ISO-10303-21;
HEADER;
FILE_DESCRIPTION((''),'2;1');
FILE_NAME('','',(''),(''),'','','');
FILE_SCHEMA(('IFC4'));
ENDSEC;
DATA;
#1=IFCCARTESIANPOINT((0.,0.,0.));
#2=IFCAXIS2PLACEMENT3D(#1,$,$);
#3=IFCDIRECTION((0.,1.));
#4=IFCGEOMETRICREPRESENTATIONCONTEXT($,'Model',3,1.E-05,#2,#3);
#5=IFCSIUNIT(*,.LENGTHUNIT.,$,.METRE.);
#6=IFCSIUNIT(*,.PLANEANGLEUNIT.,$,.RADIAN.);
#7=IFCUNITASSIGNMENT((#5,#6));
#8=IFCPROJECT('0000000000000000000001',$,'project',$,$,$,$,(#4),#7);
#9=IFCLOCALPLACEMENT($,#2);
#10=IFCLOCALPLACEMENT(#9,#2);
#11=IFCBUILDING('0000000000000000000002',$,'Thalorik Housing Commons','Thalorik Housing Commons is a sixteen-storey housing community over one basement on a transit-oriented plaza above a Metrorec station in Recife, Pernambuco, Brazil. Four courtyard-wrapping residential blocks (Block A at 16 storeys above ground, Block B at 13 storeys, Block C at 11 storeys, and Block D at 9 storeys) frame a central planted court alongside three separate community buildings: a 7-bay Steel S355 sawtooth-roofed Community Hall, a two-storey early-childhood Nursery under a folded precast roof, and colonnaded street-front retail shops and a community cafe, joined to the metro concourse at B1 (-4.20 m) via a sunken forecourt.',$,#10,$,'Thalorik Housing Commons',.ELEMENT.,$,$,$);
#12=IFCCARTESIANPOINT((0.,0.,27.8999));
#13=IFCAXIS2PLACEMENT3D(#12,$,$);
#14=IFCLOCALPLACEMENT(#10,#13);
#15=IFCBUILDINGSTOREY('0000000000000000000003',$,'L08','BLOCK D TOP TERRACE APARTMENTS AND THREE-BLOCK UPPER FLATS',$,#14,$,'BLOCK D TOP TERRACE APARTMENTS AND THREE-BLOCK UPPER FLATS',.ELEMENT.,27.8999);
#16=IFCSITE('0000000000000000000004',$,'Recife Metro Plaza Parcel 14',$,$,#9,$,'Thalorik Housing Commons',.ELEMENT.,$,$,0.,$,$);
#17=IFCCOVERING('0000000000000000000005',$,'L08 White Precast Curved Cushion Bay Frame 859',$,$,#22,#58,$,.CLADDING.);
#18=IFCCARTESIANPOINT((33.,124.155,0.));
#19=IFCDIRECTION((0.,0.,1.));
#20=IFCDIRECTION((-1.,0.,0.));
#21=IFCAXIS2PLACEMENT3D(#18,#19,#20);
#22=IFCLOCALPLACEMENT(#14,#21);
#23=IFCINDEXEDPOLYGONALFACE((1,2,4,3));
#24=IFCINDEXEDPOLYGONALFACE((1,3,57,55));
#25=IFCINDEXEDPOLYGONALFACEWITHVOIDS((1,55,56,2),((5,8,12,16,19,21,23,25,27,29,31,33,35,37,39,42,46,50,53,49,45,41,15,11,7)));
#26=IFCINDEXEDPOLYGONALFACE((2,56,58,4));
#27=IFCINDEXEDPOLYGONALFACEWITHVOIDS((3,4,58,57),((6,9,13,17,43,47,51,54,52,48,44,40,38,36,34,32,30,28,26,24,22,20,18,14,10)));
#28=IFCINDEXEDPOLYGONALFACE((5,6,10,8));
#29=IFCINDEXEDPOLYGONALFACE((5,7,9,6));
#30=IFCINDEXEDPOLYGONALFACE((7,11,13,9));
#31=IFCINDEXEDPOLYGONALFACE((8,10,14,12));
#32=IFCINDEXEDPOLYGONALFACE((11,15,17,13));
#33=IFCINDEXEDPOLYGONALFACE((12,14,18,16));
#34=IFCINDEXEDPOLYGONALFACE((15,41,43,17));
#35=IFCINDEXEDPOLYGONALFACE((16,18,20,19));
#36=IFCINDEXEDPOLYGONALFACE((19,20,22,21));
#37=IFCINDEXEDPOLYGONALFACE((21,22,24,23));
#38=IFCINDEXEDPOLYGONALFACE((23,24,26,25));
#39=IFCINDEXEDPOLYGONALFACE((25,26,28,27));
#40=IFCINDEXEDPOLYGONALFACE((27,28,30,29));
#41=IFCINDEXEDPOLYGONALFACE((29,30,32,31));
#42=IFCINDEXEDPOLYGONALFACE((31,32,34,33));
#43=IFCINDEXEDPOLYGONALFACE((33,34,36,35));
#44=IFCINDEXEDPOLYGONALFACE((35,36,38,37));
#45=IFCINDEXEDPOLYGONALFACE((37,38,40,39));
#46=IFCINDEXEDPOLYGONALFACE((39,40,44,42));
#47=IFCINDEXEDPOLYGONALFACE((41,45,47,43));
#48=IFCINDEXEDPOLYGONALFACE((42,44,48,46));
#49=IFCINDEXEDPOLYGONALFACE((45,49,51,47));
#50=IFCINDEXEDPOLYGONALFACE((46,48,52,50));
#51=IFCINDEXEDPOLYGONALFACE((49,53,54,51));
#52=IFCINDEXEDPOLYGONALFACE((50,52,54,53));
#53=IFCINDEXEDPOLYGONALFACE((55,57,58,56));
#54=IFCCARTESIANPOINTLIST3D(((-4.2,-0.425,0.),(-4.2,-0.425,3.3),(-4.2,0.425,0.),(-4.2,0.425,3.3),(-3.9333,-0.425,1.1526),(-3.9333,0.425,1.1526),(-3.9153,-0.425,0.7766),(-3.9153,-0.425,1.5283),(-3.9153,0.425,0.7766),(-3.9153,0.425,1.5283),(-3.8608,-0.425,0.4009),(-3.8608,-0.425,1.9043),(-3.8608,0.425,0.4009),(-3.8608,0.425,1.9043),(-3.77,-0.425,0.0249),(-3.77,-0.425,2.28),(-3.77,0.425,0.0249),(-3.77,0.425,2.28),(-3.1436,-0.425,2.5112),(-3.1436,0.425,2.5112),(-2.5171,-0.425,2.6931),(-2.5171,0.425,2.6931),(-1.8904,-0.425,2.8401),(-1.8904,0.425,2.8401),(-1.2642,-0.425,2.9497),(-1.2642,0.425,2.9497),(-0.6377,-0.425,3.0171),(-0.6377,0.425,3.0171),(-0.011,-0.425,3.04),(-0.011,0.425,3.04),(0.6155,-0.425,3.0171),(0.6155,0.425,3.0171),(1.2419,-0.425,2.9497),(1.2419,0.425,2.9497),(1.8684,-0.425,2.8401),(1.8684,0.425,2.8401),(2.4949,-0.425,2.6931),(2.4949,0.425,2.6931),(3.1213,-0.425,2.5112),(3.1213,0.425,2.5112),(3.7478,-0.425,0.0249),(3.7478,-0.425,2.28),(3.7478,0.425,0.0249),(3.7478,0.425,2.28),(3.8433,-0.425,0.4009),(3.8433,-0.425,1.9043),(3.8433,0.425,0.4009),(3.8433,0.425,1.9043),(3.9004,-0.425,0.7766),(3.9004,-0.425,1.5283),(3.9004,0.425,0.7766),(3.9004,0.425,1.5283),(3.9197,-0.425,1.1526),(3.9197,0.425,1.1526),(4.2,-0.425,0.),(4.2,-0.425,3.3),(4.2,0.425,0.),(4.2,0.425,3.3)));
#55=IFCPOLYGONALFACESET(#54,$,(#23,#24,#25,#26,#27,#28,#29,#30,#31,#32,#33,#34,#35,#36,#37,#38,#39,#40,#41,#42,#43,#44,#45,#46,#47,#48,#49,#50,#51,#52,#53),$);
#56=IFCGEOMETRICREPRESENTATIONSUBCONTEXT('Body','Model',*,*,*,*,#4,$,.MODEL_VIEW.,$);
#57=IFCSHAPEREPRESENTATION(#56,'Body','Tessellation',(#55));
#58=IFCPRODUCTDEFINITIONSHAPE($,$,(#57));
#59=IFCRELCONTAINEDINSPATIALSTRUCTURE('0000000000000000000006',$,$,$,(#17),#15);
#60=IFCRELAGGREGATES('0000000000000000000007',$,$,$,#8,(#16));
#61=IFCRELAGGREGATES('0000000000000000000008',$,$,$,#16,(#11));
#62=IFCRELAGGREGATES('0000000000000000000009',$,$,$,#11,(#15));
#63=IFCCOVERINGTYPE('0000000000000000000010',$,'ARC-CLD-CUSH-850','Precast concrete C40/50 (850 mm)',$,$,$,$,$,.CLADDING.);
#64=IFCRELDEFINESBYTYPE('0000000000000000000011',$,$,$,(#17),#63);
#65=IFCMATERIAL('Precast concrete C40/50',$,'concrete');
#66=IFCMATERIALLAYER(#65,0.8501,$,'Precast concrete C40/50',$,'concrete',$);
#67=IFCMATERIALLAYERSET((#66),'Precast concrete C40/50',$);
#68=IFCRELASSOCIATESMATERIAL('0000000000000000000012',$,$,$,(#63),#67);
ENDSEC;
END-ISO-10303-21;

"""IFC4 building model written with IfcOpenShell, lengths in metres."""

from ifc_helpers import new_model, si_unit, direction, frame, origin, place, context, subcontext, project, spatial, polyline, outline, extrude, material, layer, layer_set, type_object, element, save


model = new_model("IFC4")

# Units and contexts
model_context = context("Model", 3, precision=1e-05, world=origin(), true_north=direction((0.0, 1.0)))
body_context = subcontext(model_context, "Body", "Model", "MODEL_VIEW")
ifc_project = project(units=[si_unit("LENGTHUNIT", "METRE"), si_unit("PLANEANGLEUNIT", "RADIAN")], contexts=[model_context])

# Site, building, storey
site_placement = place(None, origin())
site = spatial("IfcSite", under=ifc_project, at=site_placement, Name="Recife Metro Plaza Parcel 14", LongName="Thalorik Housing Commons", CompositionType="ELEMENT", RefElevation=0.0)
building_placement = place(site_placement, origin())
building = spatial("IfcBuilding", under=site, at=building_placement, Name="Thalorik Housing Commons", Description="Thalorik Housing Commons is a sixteen-storey housing community over one basement on a transit-oriented plaza above a Metrorec station in Recife, Pernambuco, Brazil. Four courtyard-wrapping residential blocks (Block A at 16 storeys above ground, Block B at 13 storeys, Block C at 11 storeys, and Block D at 9 storeys) frame a central planted court alongside three separate community buildings: a 7-bay Steel S355 sawtooth-roofed Community Hall, a two-storey early-childhood Nursery under a folded precast roof, and colonnaded street-front retail shops and a community cafe, joined to the metro concourse at B1 (-4.20 m) via a sunken forecourt.", LongName="Thalorik Housing Commons", CompositionType="ELEMENT")
storey_placement = place(building_placement, frame((0.0, 0.0, 27.8999)))
storey = spatial("IfcBuildingStorey", under=building, at=storey_placement, Name="L08", Description="BLOCK D TOP TERRACE APARTMENTS AND THREE-BLOCK UPPER FLATS", LongName="BLOCK D TOP TERRACE APARTMENTS AND THREE-BLOCK UPPER FLATS", CompositionType="ELEMENT", Elevation=27.8999)

# Shared definitions
ifc_material_1 = material(Name="Precast concrete C40/50", Category="concrete")

# Covering
ifc_layer_1 = layer(ifc_material_1, 0.8501, Name="Precast concrete C40/50", Category="concrete")
ifc_layer_set_1 = layer_set([ifc_layer_1], Name="Precast concrete C40/50")
covering_type_1 = type_object("IfcCoveringType", Name="ARC-CLD-CUSH-850", Description="Precast concrete C40/50 (850 mm)", PredefinedType="CLADDING", material=ifc_layer_set_1)
covering_1_placement = place(storey_placement, frame((33.0, 124.155, 0.0), z_axis=(0.0, 0.0, 1.0), x_axis=(-1.0, 0.0, 0.0)))
element("IfcCovering", 1, at=covering_1_placement, inside=storey, type_object=covering_type_1, Name="L08 White Precast Curved Cushion Bay Frame 859", PredefinedType="CLADDING", context=body_context, shape_type="SweptSolid", body=[
    extrude(outline(polyline([(-4.2, 0.0), (4.2, 0.0), (4.2, 3.3), (-4.2, 3.3), (-4.2, 0.0)]), holes=[polyline([(3.7478, 0.0249), (3.8433, 0.4009), (3.9004, 0.7766), (3.9197, 1.1526), (3.9004, 1.5283), (3.8433, 1.9043), (3.7478, 2.28), (3.1213, 2.5112), (2.4949, 2.6931), (1.8684, 2.8401), (1.2419, 2.9497), (0.6155, 3.0171), (-0.011, 3.04), (-0.6377, 3.0171), (-1.2642, 2.9497), (-1.8904, 2.8401), (-2.5171, 2.6931), (-3.1436, 2.5112), (-3.77, 2.28), (-3.8608, 1.9043), (-3.9153, 1.5283), (-3.9333, 1.1526), (-3.9153, 0.7766), (-3.8608, 0.4009), (-3.77, 0.0249), (3.7478, 0.0249)])]), frame((0.0, 0.425, 0.0), z_axis=(0.0, -1.0, 0.0), x_axis=(1.0, 0.0, 0.0)), (0.0, 0.0, 1.0), 0.8501),
])

save(model, "model.ifc")
